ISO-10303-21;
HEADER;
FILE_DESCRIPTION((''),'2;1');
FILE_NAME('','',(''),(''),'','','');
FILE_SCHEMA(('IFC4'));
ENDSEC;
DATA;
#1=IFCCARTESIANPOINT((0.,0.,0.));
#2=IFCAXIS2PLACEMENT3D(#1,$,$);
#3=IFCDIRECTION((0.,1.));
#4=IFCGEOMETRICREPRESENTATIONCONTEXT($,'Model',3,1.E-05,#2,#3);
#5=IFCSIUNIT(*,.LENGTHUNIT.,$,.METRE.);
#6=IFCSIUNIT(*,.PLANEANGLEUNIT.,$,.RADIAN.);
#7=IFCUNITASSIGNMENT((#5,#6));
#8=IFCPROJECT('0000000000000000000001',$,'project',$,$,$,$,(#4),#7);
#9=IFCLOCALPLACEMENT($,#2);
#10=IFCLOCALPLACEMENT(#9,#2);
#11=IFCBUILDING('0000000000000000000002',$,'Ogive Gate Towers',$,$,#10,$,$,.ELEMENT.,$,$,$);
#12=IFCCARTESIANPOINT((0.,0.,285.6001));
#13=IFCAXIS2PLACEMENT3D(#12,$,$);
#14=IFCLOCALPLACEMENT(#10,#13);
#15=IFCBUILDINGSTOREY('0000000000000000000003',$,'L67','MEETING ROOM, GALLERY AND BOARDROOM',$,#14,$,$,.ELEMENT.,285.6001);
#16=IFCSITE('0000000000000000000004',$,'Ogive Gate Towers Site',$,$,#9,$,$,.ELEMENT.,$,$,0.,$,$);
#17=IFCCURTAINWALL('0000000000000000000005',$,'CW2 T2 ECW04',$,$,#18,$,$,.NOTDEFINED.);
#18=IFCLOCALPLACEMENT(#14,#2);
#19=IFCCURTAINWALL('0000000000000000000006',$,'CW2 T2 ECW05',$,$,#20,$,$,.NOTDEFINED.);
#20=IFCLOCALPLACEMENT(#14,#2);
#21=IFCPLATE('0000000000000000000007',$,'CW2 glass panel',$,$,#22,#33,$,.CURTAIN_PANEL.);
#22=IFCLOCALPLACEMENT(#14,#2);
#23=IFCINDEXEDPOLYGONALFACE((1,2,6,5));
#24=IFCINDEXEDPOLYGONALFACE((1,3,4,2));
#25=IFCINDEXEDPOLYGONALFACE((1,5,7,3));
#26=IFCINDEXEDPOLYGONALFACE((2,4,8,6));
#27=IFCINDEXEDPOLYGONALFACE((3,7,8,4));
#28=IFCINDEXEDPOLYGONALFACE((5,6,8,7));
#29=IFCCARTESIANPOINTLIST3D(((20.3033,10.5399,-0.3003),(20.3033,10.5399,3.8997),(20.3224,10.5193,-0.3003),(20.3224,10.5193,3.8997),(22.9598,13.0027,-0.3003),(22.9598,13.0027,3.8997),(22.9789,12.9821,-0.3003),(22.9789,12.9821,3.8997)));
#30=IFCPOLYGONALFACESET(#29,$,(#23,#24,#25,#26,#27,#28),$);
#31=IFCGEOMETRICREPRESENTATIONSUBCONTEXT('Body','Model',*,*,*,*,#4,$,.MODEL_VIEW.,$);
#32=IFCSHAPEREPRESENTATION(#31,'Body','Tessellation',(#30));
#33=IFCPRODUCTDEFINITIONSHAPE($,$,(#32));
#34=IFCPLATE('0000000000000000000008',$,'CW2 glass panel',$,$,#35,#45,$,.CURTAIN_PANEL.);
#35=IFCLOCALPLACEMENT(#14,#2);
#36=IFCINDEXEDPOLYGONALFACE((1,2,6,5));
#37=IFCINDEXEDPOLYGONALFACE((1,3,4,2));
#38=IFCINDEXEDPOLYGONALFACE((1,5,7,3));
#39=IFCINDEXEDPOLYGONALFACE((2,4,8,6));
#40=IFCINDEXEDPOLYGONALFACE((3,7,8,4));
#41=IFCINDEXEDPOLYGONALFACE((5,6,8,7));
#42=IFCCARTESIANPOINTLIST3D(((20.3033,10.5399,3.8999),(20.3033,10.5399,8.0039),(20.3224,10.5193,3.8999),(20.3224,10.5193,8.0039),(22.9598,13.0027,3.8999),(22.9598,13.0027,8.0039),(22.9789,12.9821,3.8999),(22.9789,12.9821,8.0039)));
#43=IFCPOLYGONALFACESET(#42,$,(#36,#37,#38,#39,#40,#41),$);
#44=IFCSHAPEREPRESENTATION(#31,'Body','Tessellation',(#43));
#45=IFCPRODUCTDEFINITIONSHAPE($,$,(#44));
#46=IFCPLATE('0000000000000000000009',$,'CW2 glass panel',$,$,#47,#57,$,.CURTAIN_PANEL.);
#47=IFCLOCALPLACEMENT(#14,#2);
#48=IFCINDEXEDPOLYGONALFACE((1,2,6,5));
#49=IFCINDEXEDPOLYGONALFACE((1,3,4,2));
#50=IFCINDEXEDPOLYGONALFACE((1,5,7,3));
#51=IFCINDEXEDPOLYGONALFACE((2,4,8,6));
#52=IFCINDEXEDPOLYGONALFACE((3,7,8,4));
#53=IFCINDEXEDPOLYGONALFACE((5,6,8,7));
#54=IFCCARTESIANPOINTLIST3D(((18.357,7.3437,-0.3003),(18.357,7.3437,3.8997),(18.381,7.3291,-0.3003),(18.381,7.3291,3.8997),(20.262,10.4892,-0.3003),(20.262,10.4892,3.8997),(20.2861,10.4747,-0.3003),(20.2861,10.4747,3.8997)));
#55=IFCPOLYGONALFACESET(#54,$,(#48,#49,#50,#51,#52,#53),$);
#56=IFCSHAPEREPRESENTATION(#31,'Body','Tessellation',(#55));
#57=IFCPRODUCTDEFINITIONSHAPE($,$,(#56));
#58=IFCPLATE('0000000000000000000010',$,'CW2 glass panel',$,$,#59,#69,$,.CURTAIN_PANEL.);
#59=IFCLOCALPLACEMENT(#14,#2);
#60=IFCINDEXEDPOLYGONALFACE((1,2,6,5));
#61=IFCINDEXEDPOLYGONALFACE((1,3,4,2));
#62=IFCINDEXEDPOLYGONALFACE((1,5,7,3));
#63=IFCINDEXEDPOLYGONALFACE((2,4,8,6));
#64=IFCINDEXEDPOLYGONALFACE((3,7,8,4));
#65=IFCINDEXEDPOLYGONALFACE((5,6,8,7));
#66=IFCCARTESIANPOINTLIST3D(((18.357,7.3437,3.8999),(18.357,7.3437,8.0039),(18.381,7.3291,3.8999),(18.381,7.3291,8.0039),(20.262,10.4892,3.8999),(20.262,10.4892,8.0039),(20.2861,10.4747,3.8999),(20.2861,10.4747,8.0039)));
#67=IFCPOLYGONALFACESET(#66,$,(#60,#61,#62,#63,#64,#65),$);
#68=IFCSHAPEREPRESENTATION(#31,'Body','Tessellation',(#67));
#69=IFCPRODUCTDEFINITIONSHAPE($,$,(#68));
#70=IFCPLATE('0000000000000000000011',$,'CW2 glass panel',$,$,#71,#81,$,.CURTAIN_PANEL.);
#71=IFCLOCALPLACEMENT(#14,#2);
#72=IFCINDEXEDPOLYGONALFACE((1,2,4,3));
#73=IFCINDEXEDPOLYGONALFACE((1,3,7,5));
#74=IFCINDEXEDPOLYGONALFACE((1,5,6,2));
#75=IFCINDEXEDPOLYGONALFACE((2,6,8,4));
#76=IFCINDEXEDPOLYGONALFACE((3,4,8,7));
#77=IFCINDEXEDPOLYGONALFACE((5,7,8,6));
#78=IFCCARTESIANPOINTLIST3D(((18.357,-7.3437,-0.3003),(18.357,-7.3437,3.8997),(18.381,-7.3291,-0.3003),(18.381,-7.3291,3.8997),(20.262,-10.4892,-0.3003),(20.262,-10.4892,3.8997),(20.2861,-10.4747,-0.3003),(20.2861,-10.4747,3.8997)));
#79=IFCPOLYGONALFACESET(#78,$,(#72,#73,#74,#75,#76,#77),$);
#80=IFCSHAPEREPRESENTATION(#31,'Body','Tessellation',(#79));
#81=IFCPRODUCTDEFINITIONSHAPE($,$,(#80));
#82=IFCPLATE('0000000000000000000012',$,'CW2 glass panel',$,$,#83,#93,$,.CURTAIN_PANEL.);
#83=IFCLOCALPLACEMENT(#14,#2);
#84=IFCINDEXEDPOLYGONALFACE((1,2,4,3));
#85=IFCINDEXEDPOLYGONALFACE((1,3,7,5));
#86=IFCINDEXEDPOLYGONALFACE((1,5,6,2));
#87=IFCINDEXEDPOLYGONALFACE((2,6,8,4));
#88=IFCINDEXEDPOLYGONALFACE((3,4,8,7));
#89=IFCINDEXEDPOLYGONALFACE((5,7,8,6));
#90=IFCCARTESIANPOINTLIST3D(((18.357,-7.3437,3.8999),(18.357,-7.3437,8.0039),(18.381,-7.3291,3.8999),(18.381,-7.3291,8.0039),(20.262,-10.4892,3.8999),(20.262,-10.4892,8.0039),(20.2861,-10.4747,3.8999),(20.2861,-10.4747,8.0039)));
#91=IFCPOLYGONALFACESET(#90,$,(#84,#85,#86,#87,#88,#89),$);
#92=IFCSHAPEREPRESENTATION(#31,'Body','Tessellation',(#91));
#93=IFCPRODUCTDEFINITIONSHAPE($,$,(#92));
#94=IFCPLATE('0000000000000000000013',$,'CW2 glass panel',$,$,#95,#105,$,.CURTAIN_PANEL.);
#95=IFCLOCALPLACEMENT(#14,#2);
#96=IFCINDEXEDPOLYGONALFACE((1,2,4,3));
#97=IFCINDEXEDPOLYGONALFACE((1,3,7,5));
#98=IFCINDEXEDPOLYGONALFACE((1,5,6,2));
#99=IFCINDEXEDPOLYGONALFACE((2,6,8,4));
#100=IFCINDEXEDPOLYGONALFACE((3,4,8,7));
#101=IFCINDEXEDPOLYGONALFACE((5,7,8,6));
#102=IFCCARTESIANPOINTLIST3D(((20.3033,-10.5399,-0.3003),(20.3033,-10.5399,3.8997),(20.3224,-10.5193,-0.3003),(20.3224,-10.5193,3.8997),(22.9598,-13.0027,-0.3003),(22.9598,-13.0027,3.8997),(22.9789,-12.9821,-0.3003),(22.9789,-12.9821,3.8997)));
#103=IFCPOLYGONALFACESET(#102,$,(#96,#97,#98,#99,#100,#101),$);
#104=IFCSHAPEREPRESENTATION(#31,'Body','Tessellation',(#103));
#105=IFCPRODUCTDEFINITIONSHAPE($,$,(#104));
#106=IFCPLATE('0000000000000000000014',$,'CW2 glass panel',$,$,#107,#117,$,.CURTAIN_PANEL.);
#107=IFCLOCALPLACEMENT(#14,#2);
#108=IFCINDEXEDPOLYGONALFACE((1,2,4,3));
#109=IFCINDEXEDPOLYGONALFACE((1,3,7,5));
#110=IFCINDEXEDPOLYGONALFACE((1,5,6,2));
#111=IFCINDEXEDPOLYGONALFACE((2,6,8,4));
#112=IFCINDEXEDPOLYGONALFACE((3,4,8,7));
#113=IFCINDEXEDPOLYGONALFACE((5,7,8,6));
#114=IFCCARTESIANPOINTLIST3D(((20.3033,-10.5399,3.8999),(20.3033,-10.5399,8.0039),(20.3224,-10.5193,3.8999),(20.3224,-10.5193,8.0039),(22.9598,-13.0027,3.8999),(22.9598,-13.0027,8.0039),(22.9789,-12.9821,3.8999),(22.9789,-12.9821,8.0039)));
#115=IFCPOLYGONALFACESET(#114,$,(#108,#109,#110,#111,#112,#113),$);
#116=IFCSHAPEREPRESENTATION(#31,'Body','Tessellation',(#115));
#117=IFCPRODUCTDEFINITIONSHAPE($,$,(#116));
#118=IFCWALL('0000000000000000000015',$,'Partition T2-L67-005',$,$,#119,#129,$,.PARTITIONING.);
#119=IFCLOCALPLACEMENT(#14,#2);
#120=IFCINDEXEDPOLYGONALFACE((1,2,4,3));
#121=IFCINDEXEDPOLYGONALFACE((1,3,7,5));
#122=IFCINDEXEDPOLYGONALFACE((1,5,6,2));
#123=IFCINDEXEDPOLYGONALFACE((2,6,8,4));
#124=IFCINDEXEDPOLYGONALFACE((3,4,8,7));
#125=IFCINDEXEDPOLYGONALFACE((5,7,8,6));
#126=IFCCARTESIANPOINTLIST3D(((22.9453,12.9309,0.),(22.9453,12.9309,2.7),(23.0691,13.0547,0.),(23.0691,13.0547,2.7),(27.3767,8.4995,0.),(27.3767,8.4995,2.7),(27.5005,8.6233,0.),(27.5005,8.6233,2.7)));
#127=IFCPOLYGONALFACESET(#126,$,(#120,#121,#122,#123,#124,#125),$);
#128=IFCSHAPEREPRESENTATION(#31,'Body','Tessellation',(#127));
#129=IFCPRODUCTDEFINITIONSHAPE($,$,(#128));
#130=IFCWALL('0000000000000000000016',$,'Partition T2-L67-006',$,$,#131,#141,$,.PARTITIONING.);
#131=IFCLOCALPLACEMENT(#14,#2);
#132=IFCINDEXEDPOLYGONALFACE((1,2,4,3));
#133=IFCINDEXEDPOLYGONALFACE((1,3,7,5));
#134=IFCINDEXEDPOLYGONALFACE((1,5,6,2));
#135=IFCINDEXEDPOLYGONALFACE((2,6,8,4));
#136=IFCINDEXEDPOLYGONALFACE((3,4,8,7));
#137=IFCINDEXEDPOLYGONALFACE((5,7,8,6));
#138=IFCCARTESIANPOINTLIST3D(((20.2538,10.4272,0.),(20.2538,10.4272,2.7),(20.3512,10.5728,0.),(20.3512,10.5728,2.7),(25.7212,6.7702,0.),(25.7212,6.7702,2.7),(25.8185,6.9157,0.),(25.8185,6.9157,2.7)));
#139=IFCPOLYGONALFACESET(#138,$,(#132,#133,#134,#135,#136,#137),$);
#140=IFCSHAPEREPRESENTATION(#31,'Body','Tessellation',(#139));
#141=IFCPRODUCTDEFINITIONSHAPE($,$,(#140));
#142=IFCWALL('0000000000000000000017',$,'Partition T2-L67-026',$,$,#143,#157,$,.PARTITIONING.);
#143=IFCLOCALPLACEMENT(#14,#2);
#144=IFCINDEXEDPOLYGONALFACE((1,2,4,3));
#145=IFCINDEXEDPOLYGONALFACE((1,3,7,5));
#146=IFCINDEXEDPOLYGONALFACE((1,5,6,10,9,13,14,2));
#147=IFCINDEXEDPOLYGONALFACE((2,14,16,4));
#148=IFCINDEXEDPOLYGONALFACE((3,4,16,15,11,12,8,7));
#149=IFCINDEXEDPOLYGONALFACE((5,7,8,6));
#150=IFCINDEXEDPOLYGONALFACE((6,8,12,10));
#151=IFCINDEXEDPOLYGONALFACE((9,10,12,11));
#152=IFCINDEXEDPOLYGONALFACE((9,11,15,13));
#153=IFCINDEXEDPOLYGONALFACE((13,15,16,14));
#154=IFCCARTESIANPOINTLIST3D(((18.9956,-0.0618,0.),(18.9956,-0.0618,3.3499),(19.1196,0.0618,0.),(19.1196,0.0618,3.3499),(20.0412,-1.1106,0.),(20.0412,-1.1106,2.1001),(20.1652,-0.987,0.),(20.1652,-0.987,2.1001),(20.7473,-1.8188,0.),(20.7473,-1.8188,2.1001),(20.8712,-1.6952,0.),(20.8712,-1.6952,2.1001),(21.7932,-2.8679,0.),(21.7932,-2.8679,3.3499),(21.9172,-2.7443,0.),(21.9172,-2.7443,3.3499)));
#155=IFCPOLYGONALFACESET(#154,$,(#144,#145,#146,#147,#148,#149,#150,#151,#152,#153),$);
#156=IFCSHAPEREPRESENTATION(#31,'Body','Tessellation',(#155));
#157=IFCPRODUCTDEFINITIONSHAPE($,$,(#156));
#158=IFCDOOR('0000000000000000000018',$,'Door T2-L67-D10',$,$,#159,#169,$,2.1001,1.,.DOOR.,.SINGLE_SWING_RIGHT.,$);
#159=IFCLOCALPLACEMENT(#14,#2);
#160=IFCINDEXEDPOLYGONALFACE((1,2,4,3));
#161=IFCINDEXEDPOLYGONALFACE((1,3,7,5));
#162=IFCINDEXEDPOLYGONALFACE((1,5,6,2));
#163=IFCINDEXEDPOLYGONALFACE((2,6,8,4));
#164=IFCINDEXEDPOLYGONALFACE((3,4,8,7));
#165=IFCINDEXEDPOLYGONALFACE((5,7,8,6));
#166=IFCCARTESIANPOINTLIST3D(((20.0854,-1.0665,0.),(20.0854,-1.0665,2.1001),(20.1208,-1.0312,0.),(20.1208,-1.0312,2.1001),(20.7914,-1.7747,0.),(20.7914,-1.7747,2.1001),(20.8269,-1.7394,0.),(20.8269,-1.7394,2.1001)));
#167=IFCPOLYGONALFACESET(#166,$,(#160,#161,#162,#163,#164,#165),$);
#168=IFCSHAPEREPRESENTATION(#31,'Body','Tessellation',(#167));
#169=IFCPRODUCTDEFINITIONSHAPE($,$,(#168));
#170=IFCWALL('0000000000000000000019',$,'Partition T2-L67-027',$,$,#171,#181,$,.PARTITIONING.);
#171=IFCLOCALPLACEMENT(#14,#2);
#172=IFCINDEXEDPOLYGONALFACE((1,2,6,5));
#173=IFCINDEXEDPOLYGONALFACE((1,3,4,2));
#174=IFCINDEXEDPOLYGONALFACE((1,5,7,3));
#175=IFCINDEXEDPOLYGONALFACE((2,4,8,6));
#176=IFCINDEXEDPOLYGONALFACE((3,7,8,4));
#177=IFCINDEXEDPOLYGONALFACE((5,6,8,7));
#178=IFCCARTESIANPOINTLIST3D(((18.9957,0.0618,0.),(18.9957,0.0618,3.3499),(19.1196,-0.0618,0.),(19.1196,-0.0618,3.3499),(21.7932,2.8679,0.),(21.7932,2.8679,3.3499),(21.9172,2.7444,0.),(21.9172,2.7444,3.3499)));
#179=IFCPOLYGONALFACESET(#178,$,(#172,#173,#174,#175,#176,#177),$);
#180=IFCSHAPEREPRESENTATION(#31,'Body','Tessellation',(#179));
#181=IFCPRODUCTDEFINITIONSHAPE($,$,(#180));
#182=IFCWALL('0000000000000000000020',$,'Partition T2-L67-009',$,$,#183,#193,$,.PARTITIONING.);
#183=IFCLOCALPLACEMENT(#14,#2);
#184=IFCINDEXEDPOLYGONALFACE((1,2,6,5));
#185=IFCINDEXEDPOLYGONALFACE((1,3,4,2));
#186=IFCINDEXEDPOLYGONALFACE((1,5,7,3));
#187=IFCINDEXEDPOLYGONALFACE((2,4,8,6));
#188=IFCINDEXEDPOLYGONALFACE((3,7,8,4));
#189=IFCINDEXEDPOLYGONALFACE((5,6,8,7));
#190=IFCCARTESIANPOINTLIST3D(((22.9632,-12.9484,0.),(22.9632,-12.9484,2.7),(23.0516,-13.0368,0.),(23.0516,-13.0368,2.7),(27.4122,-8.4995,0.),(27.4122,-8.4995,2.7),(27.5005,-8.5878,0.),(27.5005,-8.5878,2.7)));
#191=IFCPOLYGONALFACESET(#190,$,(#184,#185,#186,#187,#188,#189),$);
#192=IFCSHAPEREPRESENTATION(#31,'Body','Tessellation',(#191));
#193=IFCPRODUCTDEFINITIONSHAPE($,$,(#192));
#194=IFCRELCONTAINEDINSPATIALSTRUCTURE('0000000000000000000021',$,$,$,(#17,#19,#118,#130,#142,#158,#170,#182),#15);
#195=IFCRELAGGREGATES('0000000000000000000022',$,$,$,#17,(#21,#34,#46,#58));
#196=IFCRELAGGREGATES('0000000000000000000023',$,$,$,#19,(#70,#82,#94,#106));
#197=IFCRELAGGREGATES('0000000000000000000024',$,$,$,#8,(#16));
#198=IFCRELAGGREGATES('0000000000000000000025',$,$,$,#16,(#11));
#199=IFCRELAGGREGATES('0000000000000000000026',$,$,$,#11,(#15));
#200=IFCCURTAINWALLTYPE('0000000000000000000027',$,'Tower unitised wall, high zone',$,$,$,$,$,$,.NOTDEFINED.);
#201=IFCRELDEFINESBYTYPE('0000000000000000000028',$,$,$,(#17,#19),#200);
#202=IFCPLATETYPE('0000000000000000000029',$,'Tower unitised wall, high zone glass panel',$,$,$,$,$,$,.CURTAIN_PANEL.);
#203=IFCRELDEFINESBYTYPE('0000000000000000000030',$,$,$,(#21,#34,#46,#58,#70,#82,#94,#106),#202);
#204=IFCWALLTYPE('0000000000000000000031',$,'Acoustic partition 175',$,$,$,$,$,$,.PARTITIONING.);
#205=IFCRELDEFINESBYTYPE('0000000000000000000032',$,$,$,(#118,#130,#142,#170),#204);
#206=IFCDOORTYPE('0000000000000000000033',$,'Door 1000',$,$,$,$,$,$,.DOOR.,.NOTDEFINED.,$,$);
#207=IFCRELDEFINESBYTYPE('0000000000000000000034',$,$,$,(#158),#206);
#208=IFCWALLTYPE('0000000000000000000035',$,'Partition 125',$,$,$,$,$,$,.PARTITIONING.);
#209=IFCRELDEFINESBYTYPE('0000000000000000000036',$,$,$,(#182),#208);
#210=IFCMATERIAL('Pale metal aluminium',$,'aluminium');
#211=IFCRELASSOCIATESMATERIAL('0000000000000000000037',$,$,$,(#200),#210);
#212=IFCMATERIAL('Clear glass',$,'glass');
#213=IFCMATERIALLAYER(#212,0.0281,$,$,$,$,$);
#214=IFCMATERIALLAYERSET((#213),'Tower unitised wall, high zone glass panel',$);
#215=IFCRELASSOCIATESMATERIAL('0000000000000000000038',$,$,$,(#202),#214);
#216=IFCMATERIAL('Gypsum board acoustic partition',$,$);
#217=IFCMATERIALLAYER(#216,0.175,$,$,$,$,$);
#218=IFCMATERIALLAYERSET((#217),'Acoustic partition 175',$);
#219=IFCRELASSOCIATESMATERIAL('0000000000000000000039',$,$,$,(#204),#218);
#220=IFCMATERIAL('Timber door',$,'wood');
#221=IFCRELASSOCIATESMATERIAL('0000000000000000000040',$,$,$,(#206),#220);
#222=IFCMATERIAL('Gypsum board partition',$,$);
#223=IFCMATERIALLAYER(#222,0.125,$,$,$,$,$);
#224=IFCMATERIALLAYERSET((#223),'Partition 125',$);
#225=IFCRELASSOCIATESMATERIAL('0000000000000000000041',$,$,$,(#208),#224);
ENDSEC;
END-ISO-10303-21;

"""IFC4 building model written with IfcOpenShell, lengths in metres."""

from ifc_helpers import new_model, si_unit, direction, frame, frame_2d, origin, origin_2d, place, context, subcontext, project, spatial, rectangle, extrude, material, layer, layer_set, type_object, element, fill, aggregate, save


model = new_model("IFC4")

# Units and contexts
model_context = context("Model", 3, precision=1e-05, world=origin(), true_north=direction((0.0, 1.0)))
body_context = subcontext(model_context, "Body", "Model", "MODEL_VIEW")
ifc_project = project(units=[si_unit("LENGTHUNIT", "METRE"), si_unit("PLANEANGLEUNIT", "RADIAN")], contexts=[model_context])

# Site, building, storey
site_placement = place(None, origin())
site = spatial("IfcSite", under=ifc_project, at=site_placement, Name="Ogive Gate Towers Site", CompositionType="ELEMENT", RefElevation=0.0)
building_placement = place(site_placement, origin())
building = spatial("IfcBuilding", under=site, at=building_placement, Name="Ogive Gate Towers", CompositionType="ELEMENT")
storey_placement = place(building_placement, frame((0.0, 0.0, 285.6001)))
storey = spatial("IfcBuildingStorey", under=building, at=storey_placement, Name="L67", Description="MEETING ROOM, GALLERY AND BOARDROOM", CompositionType="ELEMENT", Elevation=285.6001)

# Shared definitions
ifc_material_1 = material(Name="Pale metal aluminium", Category="aluminium")
curtain_wall_type = type_object("IfcCurtainWallType", Name="Tower unitised wall, high zone", PredefinedType="NOTDEFINED", material=ifc_material_1)

# Curtain walls
curtain_wall_1_placement = place(storey_placement, origin())
curtain_wall_1 = element("IfcCurtainWall", 1, at=curtain_wall_1_placement, inside=storey, type_object=curtain_wall_type, Name="CW2 T2 ECW04", PredefinedType="NOTDEFINED")
curtain_wall_2_placement = place(storey_placement, origin())
curtain_wall_2 = element("IfcCurtainWall", 2, at=curtain_wall_2_placement, inside=storey, type_object=curtain_wall_type, Name="CW2 T2 ECW05", PredefinedType="NOTDEFINED")

# Plates
ifc_material_2 = material(Name="Clear glass", Category="glass")
ifc_layer_1 = layer(ifc_material_2, 0.0281)
ifc_layer_set_1 = layer_set([ifc_layer_1], Name="Tower unitised wall, high zone glass panel")
plate_type = type_object("IfcPlateType", Name="Tower unitised wall, high zone glass panel", PredefinedType="CURTAIN_PANEL", material=ifc_layer_set_1)
plate_1_placement = place(storey_placement, frame((21.6411, 11.761, -0.3003), z_axis=(0.0, 0.0, 1.0), x_axis=(-0.733338, -0.679864, 0.0)))
plate_1 = element("IfcPlate", 3, at=plate_1_placement, type_object=plate_type, Name="CW2 glass panel", PredefinedType="CURTAIN_PANEL", context=body_context, shape_type="SweptSolid", body=[
    extrude(rectangle(XDim=3.6226, YDim=0.0281, at=origin_2d()), origin(), (0.0, 0.0, 1.0), 4.2),
])
plate_2_placement = place(storey_placement, frame((21.6411, 11.761, 3.8999), z_axis=(0.0, 0.0, 1.0), x_axis=(-0.733338, -0.679864, 0.0)))
plate_2 = element("IfcPlate", 4, at=plate_2_placement, type_object=plate_type, Name="CW2 glass panel", PredefinedType="CURTAIN_PANEL", context=body_context, shape_type="SweptSolid", body=[
    extrude(rectangle(XDim=3.6226, YDim=0.0281, at=origin_2d()), origin(), (0.0, 0.0, 1.0), 4.104),
])
plate_3_placement = place(storey_placement, frame((19.3215, 8.9092, -0.3003), z_axis=(0.0, 0.0, 1.0), x_axis=(-0.518027, -0.855364, 0.0)))
plate_3 = element("IfcPlate", 5, at=plate_3_placement, type_object=plate_type, Name="CW2 glass panel", PredefinedType="CURTAIN_PANEL", context=body_context, shape_type="SweptSolid", body=[
    extrude(rectangle(XDim=3.6775, YDim=0.0281, at=origin_2d()), origin(), (0.0, 0.0, 1.0), 4.2),
])
plate_4_placement = place(storey_placement, frame((19.3215, 8.9092, 3.8999), z_axis=(0.0, 0.0, 1.0), x_axis=(-0.518027, -0.855364, 0.0)))
plate_4 = element("IfcPlate", 6, at=plate_4_placement, type_object=plate_type, Name="CW2 glass panel", PredefinedType="CURTAIN_PANEL", context=body_context, shape_type="SweptSolid", body=[
    extrude(rectangle(XDim=3.6775, YDim=0.0281, at=origin_2d()), origin(), (0.0, 0.0, 1.0), 4.104),
])
aggregate(curtain_wall_1, [plate_1, plate_2, plate_3, plate_4])
plate_5_placement = place(storey_placement, frame((19.3215, -8.9092, -0.3003), z_axis=(0.0, 0.0, 1.0), x_axis=(0.518027, -0.855364, 0.0)))
plate_5 = element("IfcPlate", 7, at=plate_5_placement, type_object=plate_type, Name="CW2 glass panel", PredefinedType="CURTAIN_PANEL", context=body_context, shape_type="SweptSolid", body=[
    extrude(rectangle(XDim=3.6775, YDim=0.0281, at=origin_2d()), origin(), (0.0, 0.0, 1.0), 4.2),
])
plate_6_placement = place(storey_placement, frame((19.3215, -8.9092, 3.8999), z_axis=(0.0, 0.0, 1.0), x_axis=(0.518027, -0.855364, 0.0)))
plate_6 = element("IfcPlate", 8, at=plate_6_placement, type_object=plate_type, Name="CW2 glass panel", PredefinedType="CURTAIN_PANEL", context=body_context, shape_type="SweptSolid", body=[
    extrude(rectangle(XDim=3.6775, YDim=0.0281, at=origin_2d()), origin(), (0.0, 0.0, 1.0), 4.104),
])
plate_7_placement = place(storey_placement, frame((21.6411, -11.761, -0.3003), z_axis=(0.0, 0.0, 1.0), x_axis=(0.733338, -0.679864, 0.0)))
plate_7 = element("IfcPlate", 9, at=plate_7_placement, type_object=plate_type, Name="CW2 glass panel", PredefinedType="CURTAIN_PANEL", context=body_context, shape_type="SweptSolid", body=[
    extrude(rectangle(XDim=3.6226, YDim=0.0281, at=origin_2d()), origin(), (0.0, 0.0, 1.0), 4.2),
])
plate_8_placement = place(storey_placement, frame((21.6411, -11.761, 3.8999), z_axis=(0.0, 0.0, 1.0), x_axis=(0.733338, -0.679864, 0.0)))
plate_8 = element("IfcPlate", 10, at=plate_8_placement, type_object=plate_type, Name="CW2 glass panel", PredefinedType="CURTAIN_PANEL", context=body_context, shape_type="SweptSolid", body=[
    extrude(rectangle(XDim=3.6226, YDim=0.0281, at=origin_2d()), origin(), (0.0, 0.0, 1.0), 4.104),
])
aggregate(curtain_wall_2, [plate_5, plate_6, plate_7, plate_8])

# Walls
ifc_material_3 = material(Name="Gypsum board acoustic partition")
ifc_layer_2 = layer(ifc_material_3, 0.175)
ifc_layer_set_2 = layer_set([ifc_layer_2], Name="Acoustic partition 175")
wall_type_1 = type_object("IfcWallType", Name="Acoustic partition 175", PredefinedType="PARTITIONING", material=ifc_layer_set_2)
wall_1_placement = place(storey_placement, frame((23.0073, 12.9927, 0.0), z_axis=(0.0, 0.0, 1.0), x_axis=(0.707107, -0.707107, 0.0)))
element("IfcWall", 11, at=wall_1_placement, inside=storey, type_object=wall_type_1, Name="Partition T2-L67-005", PredefinedType="PARTITIONING", context=body_context, shape_type="SweptSolid", body=[
    extrude(rectangle(XDim=6.2668, YDim=0.175, at=frame_2d((3.1333, 0.0))), origin(), (0.0, 0.0, 1.0), 2.7),
])
wall_2_placement = place(storey_placement, frame((20.3025, 10.5, 0.0), z_axis=(0.0, 0.0, 1.0), x_axis=(0.831198, -0.555976, 0.0)))
element("IfcWall", 12, at=wall_2_placement, inside=storey, type_object=wall_type_1, Name="Partition T2-L67-006", PredefinedType="PARTITIONING", context=body_context, shape_type="SweptSolid", body=[
    extrude(rectangle(XDim=6.5776, YDim=0.175, at=frame_2d((3.2888, 0.0))), origin(), (0.0, 0.0, 1.0), 2.7),
])

# Wall, opening, door
wall_3_placement = place(storey_placement, frame((19.0576, 0.0, 0.0), z_axis=(0.0, 0.0, 1.0), x_axis=(0.706028, -0.708184, 0.0)))
wall_3 = element("IfcWall", 13, at=wall_3_placement, inside=storey, type_object=wall_type_1, Name="Partition T2-L67-026", PredefinedType="PARTITIONING", context=body_context, shape_type="SweptSolid", body=[
    extrude(rectangle(XDim=3.9624, YDim=0.175, at=frame_2d((1.9812, 0.0))), origin(), (0.0, 0.0, 1.0), 3.3499),
])
opening_1_placement = place(wall_3_placement, frame((1.481, 0.0, 0.0)))
opening_1 = element("IfcOpeningElement", 14, at=opening_1_placement, cuts=wall_3, PredefinedType="OPENING", context=body_context, shape_type="SweptSolid", body=[
    extrude(rectangle(XDim=1.0, YDim=2.1001, at=frame_2d((0.5, 1.05))), frame((0.0, 0.0977, 0.0), z_axis=(0.0, -1.0, 0.0), x_axis=(1.0, 0.0, 0.0)), (0.0, 0.0, 1.0), 0.1951),
])
ifc_material_4 = material(Name="Timber door", Category="wood")
door_type = type_object("IfcDoorType", Name="Door 1000", OperationType="NOTDEFINED", PredefinedType="DOOR", material=ifc_material_4)
door_1_placement = place(opening_1_placement, origin())
door_1 = element("IfcDoor", 15, at=door_1_placement, inside=storey, type_object=door_type, Name="Door T2-L67-D10", OperationType="SINGLE_SWING_RIGHT", OverallHeight=2.1001, OverallWidth=1.0, PredefinedType="DOOR", context=body_context, shape_type="SweptSolid", body=[
    extrude(rectangle(XDim=1.0, YDim=2.1001, at=frame_2d((0.5, 1.05))), frame((0.0, 0.0249, 0.0), z_axis=(0.0, -1.0, 0.0), x_axis=(1.0, 0.0, 0.0)), (0.0, 0.0, 1.0), 0.05),
])
fill(opening_1, door_1)

# Walls
wall_4_placement = place(storey_placement, frame((21.8552, 2.8062, 0.0), z_axis=(0.0, 0.0, 1.0), x_axis=(-0.706028, -0.708184, 0.0)))
element("IfcWall", 16, at=wall_4_placement, inside=storey, type_object=wall_type_1, Name="Partition T2-L67-027", PredefinedType="PARTITIONING", context=body_context, shape_type="SweptSolid", body=[
    extrude(rectangle(XDim=3.9624, YDim=0.175, at=frame_2d((1.9812, 0.0))), origin(), (0.0, 0.0, 1.0), 3.3499),
])
ifc_material_5 = material(Name="Gypsum board partition")
ifc_layer_3 = layer(ifc_material_5, 0.125)
ifc_layer_set_3 = layer_set([ifc_layer_3], Name="Partition 125")
wall_type_2 = type_object("IfcWallType", Name="Partition 125", PredefinedType="PARTITIONING", material=ifc_layer_set_3)
wall_5_placement = place(storey_placement, frame((23.0073, -12.9927, 0.0), z_axis=(0.0, 0.0, 1.0), x_axis=(0.707107, 0.707107, 0.0)))
element("IfcWall", 17, at=wall_5_placement, inside=storey, type_object=wall_type_2, Name="Partition T2-L67-009", PredefinedType="PARTITIONING", context=body_context, shape_type="SweptSolid", body=[
    extrude(rectangle(XDim=6.2917, YDim=0.125, at=frame_2d((3.146, 0.0))), origin(), (0.0, 0.0, 1.0), 2.7),
])

save(model, "model.ifc")
